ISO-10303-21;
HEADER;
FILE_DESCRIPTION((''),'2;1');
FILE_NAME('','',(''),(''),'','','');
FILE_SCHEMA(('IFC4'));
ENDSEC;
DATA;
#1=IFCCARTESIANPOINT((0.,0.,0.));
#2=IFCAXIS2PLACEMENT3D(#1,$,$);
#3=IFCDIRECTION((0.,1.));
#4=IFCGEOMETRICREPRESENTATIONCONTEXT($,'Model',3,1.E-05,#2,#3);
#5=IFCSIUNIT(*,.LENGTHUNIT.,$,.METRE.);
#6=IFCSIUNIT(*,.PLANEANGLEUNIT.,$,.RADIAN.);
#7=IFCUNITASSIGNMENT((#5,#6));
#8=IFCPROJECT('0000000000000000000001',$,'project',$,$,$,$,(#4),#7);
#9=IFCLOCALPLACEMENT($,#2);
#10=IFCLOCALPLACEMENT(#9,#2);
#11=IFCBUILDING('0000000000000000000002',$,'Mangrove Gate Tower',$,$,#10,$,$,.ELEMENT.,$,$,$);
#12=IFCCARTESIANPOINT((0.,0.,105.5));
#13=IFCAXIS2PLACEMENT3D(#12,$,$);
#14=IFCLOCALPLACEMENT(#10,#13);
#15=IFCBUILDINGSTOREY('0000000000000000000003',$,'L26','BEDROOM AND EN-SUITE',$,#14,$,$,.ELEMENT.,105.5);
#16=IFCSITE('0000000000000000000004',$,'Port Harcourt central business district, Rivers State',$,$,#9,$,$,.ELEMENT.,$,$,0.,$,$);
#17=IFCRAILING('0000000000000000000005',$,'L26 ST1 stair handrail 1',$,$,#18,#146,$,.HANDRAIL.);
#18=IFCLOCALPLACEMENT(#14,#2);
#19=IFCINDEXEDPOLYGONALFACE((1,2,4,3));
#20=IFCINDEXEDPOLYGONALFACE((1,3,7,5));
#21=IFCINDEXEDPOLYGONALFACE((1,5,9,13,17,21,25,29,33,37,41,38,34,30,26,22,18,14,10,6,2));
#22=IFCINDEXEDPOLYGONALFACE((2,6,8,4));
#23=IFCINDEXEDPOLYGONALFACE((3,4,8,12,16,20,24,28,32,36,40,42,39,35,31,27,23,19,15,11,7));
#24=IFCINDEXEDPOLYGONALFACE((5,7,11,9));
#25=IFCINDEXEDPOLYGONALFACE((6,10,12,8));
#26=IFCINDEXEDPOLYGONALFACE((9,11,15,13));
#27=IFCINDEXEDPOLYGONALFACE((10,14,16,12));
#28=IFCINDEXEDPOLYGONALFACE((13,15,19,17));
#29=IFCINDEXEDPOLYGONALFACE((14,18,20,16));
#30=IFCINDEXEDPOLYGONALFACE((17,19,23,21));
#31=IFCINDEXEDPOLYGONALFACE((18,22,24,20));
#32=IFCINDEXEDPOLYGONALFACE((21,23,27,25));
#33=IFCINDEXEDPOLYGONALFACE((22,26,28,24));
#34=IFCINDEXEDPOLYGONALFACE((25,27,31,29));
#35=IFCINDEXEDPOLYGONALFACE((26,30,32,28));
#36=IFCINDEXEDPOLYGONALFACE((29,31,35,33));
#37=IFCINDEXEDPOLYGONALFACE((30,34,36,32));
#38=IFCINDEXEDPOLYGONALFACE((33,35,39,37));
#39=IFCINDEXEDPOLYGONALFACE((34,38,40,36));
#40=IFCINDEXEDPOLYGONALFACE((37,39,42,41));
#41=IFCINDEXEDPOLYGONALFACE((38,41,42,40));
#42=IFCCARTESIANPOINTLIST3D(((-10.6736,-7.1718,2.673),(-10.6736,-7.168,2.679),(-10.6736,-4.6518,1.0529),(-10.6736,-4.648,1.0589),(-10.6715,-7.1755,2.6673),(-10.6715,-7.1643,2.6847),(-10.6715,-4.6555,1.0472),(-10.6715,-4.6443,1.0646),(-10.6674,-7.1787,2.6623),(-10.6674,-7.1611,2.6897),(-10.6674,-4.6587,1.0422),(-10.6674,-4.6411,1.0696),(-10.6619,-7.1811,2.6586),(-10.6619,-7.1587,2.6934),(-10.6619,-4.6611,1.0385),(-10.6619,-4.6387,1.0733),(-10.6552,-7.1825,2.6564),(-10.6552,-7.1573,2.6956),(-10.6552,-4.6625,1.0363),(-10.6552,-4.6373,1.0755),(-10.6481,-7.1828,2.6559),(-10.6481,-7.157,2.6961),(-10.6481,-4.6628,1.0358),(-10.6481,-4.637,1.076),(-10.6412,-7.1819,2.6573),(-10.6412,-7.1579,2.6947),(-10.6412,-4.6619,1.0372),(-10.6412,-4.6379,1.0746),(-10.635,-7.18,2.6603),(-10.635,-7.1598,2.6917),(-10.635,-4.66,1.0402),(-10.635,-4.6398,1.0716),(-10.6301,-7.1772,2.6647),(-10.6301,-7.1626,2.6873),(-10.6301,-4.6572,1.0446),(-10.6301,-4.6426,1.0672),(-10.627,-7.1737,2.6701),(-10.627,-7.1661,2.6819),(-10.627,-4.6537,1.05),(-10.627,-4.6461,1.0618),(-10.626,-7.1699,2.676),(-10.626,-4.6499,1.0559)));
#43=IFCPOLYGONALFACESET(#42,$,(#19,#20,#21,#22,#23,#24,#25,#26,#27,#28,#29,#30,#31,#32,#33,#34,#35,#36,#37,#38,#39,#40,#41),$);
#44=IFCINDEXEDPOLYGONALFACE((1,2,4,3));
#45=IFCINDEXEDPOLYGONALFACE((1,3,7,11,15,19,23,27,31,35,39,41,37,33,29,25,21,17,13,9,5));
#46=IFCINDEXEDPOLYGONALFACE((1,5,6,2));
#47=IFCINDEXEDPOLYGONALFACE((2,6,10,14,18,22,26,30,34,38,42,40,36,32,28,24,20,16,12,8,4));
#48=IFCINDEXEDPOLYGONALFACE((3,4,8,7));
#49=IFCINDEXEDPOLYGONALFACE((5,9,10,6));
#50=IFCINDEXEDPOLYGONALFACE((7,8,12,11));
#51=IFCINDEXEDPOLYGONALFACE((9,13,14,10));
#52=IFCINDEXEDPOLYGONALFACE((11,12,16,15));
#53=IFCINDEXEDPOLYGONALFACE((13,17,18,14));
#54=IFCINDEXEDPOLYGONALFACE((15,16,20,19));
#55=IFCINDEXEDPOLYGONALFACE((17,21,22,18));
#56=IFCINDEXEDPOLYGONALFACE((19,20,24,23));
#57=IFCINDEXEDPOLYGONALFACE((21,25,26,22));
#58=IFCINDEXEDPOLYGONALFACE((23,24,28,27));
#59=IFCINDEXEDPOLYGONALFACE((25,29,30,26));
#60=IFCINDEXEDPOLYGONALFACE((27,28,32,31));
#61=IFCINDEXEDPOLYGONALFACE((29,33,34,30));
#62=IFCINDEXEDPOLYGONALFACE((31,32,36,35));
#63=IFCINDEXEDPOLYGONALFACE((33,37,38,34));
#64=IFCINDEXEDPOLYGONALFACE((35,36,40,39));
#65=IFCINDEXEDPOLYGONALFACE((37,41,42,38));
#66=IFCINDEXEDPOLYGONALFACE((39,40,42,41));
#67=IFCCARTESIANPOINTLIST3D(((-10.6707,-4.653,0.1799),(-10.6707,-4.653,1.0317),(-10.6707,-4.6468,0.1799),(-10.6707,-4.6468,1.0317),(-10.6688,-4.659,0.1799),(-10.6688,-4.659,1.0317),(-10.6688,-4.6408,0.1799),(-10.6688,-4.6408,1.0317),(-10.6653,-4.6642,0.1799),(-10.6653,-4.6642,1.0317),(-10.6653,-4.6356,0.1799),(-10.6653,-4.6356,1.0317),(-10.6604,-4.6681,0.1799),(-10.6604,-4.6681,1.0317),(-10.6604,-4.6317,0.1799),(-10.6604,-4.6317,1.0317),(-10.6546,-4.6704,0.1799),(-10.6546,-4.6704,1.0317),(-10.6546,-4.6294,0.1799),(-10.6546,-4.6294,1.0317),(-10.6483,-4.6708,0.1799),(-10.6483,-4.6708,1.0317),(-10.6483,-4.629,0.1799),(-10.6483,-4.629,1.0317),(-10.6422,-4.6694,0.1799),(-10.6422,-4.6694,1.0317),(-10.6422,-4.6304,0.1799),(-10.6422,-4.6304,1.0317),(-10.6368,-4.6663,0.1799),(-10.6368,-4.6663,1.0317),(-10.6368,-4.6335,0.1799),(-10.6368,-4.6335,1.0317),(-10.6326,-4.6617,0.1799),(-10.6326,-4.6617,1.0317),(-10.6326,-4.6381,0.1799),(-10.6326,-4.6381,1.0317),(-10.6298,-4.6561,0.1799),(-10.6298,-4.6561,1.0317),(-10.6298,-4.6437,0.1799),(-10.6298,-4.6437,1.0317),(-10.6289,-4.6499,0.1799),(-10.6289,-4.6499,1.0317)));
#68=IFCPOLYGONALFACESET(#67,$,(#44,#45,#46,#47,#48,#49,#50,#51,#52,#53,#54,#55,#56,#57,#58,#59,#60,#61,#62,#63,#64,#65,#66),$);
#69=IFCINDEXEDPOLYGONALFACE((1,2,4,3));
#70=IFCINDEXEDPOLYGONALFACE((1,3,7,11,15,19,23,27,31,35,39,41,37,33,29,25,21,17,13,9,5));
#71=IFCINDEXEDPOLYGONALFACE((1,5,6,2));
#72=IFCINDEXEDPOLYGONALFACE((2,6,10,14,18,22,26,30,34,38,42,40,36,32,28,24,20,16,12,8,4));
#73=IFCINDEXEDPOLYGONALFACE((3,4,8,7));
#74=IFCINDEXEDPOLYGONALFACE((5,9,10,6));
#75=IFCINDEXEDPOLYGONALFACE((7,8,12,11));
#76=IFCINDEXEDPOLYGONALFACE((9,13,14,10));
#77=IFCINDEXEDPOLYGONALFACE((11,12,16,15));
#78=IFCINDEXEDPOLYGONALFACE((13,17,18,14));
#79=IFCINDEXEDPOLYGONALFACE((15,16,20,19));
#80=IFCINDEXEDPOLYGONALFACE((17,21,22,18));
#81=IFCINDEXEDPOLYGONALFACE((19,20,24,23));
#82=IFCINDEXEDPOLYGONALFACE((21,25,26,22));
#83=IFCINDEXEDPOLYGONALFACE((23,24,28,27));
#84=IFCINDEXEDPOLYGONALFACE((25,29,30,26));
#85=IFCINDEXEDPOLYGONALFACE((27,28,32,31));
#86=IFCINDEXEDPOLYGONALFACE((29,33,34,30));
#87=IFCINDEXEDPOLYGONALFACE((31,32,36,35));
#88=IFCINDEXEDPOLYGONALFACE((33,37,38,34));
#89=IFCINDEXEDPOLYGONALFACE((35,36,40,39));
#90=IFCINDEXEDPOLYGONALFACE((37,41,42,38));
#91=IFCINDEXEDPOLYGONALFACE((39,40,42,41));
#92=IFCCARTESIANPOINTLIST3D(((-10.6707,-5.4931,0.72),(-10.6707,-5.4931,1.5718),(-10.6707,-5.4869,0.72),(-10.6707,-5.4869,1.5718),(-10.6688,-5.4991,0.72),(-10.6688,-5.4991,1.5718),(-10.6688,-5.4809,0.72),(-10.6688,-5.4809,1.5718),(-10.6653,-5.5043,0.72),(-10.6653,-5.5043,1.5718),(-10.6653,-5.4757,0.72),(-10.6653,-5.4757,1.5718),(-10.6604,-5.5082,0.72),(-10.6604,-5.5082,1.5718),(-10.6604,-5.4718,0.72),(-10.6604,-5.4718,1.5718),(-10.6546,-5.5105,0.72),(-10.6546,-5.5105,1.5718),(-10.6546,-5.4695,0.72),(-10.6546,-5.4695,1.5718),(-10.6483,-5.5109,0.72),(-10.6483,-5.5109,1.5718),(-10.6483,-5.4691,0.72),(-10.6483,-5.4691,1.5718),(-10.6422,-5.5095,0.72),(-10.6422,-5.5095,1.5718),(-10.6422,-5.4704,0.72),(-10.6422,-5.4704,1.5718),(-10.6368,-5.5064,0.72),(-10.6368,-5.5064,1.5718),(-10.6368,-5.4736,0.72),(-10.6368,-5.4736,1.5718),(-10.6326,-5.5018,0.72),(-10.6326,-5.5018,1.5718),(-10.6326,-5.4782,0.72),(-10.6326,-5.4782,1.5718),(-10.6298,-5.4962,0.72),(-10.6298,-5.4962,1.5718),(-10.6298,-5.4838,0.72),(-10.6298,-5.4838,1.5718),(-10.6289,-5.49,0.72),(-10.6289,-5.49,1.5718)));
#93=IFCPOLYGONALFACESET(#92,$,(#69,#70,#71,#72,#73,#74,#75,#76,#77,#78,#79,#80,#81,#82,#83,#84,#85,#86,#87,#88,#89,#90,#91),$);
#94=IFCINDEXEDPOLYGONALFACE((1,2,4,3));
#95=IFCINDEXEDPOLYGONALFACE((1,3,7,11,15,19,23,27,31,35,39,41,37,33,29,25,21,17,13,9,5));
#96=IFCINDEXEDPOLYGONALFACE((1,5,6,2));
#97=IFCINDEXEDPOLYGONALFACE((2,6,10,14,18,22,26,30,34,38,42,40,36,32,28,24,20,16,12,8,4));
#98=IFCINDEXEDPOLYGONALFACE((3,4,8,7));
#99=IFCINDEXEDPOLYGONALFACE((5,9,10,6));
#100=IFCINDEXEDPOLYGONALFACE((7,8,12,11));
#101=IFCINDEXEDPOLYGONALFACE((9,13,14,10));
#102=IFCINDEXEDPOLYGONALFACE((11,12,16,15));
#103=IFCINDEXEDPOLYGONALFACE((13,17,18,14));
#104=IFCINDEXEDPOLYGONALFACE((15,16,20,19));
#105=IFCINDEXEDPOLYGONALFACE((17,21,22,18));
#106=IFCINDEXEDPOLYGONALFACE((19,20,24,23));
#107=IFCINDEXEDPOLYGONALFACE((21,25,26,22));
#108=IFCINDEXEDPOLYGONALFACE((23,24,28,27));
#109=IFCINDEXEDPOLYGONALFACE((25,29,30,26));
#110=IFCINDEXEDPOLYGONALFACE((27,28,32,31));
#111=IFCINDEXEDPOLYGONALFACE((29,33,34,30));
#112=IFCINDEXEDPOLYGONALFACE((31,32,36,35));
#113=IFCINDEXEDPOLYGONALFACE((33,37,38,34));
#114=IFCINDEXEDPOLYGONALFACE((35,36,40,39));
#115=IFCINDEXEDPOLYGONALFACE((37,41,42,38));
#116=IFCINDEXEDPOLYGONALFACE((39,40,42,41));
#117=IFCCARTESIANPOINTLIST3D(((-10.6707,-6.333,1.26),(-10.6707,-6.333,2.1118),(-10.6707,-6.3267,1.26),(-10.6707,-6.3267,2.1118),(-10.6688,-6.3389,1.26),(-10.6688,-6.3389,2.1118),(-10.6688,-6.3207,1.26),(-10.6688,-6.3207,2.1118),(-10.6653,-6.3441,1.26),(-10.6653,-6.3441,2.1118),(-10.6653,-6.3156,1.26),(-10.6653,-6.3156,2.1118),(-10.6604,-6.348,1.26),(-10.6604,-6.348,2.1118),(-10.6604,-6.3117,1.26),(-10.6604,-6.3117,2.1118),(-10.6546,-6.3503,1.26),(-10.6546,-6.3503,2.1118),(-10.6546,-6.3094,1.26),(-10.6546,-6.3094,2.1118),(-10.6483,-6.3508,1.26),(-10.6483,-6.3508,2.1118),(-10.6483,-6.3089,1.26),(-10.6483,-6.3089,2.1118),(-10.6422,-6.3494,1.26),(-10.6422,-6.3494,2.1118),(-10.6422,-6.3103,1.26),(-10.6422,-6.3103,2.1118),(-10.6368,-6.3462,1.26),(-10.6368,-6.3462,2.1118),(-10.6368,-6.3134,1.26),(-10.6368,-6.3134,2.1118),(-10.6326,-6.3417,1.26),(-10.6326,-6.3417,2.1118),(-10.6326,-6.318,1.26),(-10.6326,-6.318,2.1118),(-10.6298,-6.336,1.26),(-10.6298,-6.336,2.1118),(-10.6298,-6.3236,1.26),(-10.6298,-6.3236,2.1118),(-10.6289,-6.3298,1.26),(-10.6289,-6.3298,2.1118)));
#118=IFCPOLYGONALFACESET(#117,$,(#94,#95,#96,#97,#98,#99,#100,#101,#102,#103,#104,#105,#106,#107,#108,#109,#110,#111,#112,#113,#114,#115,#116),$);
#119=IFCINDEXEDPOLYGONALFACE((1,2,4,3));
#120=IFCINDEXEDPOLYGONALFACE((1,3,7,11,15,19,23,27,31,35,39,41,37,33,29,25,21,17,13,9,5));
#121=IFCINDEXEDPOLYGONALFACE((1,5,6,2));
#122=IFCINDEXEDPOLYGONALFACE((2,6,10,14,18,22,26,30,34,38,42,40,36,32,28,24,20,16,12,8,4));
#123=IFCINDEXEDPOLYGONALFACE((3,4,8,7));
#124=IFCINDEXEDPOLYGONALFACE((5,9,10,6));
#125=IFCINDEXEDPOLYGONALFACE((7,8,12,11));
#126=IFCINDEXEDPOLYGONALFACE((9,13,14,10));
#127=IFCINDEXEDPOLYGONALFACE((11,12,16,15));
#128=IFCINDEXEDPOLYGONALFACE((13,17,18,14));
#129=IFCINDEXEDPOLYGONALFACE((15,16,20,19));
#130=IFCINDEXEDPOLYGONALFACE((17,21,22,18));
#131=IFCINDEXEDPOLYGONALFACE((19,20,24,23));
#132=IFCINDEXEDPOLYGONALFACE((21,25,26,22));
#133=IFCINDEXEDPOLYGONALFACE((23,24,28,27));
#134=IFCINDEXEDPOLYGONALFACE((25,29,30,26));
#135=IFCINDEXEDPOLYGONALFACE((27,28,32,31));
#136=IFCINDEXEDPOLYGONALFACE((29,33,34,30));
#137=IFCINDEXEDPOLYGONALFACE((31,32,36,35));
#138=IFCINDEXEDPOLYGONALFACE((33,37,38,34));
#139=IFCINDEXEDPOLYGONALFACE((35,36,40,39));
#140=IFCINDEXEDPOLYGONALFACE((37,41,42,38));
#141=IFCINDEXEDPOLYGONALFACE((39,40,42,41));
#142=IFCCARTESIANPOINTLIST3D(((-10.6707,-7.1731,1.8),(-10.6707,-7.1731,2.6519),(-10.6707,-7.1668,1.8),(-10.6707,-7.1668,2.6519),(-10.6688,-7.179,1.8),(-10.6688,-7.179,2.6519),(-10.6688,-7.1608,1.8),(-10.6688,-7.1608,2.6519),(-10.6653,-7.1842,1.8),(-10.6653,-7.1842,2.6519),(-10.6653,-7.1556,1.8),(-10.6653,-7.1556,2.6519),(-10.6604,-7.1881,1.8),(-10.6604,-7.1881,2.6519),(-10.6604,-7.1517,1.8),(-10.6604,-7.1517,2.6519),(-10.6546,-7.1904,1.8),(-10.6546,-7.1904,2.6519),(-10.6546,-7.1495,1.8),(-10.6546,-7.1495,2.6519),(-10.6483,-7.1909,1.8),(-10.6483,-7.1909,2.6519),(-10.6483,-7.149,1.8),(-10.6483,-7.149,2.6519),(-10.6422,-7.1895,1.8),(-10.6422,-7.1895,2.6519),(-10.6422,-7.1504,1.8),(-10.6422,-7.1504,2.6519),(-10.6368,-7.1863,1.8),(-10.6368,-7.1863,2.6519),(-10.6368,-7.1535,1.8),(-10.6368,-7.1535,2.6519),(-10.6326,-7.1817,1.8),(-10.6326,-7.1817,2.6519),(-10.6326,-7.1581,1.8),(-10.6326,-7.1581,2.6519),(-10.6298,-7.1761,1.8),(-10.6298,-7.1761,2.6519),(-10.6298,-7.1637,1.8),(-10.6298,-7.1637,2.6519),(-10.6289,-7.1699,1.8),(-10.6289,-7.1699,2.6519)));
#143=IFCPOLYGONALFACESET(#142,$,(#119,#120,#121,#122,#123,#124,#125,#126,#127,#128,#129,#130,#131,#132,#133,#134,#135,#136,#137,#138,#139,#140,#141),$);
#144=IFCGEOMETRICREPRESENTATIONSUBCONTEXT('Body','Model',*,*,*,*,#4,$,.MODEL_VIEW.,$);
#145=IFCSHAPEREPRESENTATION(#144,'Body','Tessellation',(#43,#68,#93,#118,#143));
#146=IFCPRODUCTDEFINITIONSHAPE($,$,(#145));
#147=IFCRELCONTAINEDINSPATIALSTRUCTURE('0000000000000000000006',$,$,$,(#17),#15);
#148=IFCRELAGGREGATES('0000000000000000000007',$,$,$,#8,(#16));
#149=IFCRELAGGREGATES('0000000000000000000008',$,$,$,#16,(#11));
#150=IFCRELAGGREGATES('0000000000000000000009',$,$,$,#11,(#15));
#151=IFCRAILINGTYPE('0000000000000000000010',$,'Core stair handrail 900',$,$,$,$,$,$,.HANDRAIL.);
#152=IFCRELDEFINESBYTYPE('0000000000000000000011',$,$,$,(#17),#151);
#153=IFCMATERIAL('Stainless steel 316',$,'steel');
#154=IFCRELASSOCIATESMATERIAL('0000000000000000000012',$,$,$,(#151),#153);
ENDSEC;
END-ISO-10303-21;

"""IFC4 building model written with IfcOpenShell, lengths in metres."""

from ifc_helpers import new_model, si_unit, direction, frame, origin, origin_2d, place, context, subcontext, project, spatial, circle, extrude, material, type_object, element, save


model = new_model("IFC4")

# Units and contexts
model_context = context("Model", 3, precision=1e-05, world=origin(), true_north=direction((0.0, 1.0)))
body_context = subcontext(model_context, "Body", "Model", "MODEL_VIEW")
ifc_project = project(units=[si_unit("LENGTHUNIT", "METRE"), si_unit("PLANEANGLEUNIT", "RADIAN")], contexts=[model_context])

# Site, building, storey
site_placement = place(None, origin())
site = spatial("IfcSite", under=ifc_project, at=site_placement, Name="Port Harcourt central business district, Rivers State", CompositionType="ELEMENT", RefElevation=0.0)
building_placement = place(site_placement, origin())
building = spatial("IfcBuilding", under=site, at=building_placement, Name="Mangrove Gate Tower", CompositionType="ELEMENT")
storey_placement = place(building_placement, frame((0.0, 0.0, 105.5)))
storey = spatial("IfcBuildingStorey", under=building, at=storey_placement, Name="L26", Description="BEDROOM AND EN-SUITE", CompositionType="ELEMENT", Elevation=105.5)

# Railing
ifc_material_1 = material(Name="Stainless steel 316", Category="steel")
railing_type_1 = type_object("IfcRailingType", Name="Core stair handrail 900", PredefinedType="HANDRAIL", material=ifc_material_1)
railing_1_placement = place(storey_placement, frame((-10.6499, -4.6499, 0.1799)))
element("IfcRailing", 1, at=railing_1_placement, inside=storey, type_object=railing_type_1, Name="L26 ST1 stair handrail 1", PredefinedType="HANDRAIL", context=body_context, shape_type="SweptSolid", body=[
    extrude(circle(Radius=0.0239, at=origin_2d()), frame((0.0, 0.0, 0.876), z_axis=(0.0, -0.841163, 0.540782), x_axis=(1.0, 0.0, 0.0)), (0.0, 0.0, 1.0), 2.9958),
    extrude(circle(Radius=0.021, at=origin_2d()), origin(), (0.0, 0.0, 1.0), 0.8518),
    extrude(circle(Radius=0.021, at=origin_2d()), frame((0.0, -0.8401, 0.54)), (0.0, 0.0, 1.0), 0.8518),
    extrude(circle(Radius=0.021, at=origin_2d()), frame((0.0, -1.6799, 1.0801)), (0.0, 0.0, 1.0), 0.8518),
    extrude(circle(Radius=0.021, at=origin_2d()), frame((0.0, -2.52, 1.6201)), (0.0, 0.0, 1.0), 0.8518),
])

save(model, "model.ifc")
